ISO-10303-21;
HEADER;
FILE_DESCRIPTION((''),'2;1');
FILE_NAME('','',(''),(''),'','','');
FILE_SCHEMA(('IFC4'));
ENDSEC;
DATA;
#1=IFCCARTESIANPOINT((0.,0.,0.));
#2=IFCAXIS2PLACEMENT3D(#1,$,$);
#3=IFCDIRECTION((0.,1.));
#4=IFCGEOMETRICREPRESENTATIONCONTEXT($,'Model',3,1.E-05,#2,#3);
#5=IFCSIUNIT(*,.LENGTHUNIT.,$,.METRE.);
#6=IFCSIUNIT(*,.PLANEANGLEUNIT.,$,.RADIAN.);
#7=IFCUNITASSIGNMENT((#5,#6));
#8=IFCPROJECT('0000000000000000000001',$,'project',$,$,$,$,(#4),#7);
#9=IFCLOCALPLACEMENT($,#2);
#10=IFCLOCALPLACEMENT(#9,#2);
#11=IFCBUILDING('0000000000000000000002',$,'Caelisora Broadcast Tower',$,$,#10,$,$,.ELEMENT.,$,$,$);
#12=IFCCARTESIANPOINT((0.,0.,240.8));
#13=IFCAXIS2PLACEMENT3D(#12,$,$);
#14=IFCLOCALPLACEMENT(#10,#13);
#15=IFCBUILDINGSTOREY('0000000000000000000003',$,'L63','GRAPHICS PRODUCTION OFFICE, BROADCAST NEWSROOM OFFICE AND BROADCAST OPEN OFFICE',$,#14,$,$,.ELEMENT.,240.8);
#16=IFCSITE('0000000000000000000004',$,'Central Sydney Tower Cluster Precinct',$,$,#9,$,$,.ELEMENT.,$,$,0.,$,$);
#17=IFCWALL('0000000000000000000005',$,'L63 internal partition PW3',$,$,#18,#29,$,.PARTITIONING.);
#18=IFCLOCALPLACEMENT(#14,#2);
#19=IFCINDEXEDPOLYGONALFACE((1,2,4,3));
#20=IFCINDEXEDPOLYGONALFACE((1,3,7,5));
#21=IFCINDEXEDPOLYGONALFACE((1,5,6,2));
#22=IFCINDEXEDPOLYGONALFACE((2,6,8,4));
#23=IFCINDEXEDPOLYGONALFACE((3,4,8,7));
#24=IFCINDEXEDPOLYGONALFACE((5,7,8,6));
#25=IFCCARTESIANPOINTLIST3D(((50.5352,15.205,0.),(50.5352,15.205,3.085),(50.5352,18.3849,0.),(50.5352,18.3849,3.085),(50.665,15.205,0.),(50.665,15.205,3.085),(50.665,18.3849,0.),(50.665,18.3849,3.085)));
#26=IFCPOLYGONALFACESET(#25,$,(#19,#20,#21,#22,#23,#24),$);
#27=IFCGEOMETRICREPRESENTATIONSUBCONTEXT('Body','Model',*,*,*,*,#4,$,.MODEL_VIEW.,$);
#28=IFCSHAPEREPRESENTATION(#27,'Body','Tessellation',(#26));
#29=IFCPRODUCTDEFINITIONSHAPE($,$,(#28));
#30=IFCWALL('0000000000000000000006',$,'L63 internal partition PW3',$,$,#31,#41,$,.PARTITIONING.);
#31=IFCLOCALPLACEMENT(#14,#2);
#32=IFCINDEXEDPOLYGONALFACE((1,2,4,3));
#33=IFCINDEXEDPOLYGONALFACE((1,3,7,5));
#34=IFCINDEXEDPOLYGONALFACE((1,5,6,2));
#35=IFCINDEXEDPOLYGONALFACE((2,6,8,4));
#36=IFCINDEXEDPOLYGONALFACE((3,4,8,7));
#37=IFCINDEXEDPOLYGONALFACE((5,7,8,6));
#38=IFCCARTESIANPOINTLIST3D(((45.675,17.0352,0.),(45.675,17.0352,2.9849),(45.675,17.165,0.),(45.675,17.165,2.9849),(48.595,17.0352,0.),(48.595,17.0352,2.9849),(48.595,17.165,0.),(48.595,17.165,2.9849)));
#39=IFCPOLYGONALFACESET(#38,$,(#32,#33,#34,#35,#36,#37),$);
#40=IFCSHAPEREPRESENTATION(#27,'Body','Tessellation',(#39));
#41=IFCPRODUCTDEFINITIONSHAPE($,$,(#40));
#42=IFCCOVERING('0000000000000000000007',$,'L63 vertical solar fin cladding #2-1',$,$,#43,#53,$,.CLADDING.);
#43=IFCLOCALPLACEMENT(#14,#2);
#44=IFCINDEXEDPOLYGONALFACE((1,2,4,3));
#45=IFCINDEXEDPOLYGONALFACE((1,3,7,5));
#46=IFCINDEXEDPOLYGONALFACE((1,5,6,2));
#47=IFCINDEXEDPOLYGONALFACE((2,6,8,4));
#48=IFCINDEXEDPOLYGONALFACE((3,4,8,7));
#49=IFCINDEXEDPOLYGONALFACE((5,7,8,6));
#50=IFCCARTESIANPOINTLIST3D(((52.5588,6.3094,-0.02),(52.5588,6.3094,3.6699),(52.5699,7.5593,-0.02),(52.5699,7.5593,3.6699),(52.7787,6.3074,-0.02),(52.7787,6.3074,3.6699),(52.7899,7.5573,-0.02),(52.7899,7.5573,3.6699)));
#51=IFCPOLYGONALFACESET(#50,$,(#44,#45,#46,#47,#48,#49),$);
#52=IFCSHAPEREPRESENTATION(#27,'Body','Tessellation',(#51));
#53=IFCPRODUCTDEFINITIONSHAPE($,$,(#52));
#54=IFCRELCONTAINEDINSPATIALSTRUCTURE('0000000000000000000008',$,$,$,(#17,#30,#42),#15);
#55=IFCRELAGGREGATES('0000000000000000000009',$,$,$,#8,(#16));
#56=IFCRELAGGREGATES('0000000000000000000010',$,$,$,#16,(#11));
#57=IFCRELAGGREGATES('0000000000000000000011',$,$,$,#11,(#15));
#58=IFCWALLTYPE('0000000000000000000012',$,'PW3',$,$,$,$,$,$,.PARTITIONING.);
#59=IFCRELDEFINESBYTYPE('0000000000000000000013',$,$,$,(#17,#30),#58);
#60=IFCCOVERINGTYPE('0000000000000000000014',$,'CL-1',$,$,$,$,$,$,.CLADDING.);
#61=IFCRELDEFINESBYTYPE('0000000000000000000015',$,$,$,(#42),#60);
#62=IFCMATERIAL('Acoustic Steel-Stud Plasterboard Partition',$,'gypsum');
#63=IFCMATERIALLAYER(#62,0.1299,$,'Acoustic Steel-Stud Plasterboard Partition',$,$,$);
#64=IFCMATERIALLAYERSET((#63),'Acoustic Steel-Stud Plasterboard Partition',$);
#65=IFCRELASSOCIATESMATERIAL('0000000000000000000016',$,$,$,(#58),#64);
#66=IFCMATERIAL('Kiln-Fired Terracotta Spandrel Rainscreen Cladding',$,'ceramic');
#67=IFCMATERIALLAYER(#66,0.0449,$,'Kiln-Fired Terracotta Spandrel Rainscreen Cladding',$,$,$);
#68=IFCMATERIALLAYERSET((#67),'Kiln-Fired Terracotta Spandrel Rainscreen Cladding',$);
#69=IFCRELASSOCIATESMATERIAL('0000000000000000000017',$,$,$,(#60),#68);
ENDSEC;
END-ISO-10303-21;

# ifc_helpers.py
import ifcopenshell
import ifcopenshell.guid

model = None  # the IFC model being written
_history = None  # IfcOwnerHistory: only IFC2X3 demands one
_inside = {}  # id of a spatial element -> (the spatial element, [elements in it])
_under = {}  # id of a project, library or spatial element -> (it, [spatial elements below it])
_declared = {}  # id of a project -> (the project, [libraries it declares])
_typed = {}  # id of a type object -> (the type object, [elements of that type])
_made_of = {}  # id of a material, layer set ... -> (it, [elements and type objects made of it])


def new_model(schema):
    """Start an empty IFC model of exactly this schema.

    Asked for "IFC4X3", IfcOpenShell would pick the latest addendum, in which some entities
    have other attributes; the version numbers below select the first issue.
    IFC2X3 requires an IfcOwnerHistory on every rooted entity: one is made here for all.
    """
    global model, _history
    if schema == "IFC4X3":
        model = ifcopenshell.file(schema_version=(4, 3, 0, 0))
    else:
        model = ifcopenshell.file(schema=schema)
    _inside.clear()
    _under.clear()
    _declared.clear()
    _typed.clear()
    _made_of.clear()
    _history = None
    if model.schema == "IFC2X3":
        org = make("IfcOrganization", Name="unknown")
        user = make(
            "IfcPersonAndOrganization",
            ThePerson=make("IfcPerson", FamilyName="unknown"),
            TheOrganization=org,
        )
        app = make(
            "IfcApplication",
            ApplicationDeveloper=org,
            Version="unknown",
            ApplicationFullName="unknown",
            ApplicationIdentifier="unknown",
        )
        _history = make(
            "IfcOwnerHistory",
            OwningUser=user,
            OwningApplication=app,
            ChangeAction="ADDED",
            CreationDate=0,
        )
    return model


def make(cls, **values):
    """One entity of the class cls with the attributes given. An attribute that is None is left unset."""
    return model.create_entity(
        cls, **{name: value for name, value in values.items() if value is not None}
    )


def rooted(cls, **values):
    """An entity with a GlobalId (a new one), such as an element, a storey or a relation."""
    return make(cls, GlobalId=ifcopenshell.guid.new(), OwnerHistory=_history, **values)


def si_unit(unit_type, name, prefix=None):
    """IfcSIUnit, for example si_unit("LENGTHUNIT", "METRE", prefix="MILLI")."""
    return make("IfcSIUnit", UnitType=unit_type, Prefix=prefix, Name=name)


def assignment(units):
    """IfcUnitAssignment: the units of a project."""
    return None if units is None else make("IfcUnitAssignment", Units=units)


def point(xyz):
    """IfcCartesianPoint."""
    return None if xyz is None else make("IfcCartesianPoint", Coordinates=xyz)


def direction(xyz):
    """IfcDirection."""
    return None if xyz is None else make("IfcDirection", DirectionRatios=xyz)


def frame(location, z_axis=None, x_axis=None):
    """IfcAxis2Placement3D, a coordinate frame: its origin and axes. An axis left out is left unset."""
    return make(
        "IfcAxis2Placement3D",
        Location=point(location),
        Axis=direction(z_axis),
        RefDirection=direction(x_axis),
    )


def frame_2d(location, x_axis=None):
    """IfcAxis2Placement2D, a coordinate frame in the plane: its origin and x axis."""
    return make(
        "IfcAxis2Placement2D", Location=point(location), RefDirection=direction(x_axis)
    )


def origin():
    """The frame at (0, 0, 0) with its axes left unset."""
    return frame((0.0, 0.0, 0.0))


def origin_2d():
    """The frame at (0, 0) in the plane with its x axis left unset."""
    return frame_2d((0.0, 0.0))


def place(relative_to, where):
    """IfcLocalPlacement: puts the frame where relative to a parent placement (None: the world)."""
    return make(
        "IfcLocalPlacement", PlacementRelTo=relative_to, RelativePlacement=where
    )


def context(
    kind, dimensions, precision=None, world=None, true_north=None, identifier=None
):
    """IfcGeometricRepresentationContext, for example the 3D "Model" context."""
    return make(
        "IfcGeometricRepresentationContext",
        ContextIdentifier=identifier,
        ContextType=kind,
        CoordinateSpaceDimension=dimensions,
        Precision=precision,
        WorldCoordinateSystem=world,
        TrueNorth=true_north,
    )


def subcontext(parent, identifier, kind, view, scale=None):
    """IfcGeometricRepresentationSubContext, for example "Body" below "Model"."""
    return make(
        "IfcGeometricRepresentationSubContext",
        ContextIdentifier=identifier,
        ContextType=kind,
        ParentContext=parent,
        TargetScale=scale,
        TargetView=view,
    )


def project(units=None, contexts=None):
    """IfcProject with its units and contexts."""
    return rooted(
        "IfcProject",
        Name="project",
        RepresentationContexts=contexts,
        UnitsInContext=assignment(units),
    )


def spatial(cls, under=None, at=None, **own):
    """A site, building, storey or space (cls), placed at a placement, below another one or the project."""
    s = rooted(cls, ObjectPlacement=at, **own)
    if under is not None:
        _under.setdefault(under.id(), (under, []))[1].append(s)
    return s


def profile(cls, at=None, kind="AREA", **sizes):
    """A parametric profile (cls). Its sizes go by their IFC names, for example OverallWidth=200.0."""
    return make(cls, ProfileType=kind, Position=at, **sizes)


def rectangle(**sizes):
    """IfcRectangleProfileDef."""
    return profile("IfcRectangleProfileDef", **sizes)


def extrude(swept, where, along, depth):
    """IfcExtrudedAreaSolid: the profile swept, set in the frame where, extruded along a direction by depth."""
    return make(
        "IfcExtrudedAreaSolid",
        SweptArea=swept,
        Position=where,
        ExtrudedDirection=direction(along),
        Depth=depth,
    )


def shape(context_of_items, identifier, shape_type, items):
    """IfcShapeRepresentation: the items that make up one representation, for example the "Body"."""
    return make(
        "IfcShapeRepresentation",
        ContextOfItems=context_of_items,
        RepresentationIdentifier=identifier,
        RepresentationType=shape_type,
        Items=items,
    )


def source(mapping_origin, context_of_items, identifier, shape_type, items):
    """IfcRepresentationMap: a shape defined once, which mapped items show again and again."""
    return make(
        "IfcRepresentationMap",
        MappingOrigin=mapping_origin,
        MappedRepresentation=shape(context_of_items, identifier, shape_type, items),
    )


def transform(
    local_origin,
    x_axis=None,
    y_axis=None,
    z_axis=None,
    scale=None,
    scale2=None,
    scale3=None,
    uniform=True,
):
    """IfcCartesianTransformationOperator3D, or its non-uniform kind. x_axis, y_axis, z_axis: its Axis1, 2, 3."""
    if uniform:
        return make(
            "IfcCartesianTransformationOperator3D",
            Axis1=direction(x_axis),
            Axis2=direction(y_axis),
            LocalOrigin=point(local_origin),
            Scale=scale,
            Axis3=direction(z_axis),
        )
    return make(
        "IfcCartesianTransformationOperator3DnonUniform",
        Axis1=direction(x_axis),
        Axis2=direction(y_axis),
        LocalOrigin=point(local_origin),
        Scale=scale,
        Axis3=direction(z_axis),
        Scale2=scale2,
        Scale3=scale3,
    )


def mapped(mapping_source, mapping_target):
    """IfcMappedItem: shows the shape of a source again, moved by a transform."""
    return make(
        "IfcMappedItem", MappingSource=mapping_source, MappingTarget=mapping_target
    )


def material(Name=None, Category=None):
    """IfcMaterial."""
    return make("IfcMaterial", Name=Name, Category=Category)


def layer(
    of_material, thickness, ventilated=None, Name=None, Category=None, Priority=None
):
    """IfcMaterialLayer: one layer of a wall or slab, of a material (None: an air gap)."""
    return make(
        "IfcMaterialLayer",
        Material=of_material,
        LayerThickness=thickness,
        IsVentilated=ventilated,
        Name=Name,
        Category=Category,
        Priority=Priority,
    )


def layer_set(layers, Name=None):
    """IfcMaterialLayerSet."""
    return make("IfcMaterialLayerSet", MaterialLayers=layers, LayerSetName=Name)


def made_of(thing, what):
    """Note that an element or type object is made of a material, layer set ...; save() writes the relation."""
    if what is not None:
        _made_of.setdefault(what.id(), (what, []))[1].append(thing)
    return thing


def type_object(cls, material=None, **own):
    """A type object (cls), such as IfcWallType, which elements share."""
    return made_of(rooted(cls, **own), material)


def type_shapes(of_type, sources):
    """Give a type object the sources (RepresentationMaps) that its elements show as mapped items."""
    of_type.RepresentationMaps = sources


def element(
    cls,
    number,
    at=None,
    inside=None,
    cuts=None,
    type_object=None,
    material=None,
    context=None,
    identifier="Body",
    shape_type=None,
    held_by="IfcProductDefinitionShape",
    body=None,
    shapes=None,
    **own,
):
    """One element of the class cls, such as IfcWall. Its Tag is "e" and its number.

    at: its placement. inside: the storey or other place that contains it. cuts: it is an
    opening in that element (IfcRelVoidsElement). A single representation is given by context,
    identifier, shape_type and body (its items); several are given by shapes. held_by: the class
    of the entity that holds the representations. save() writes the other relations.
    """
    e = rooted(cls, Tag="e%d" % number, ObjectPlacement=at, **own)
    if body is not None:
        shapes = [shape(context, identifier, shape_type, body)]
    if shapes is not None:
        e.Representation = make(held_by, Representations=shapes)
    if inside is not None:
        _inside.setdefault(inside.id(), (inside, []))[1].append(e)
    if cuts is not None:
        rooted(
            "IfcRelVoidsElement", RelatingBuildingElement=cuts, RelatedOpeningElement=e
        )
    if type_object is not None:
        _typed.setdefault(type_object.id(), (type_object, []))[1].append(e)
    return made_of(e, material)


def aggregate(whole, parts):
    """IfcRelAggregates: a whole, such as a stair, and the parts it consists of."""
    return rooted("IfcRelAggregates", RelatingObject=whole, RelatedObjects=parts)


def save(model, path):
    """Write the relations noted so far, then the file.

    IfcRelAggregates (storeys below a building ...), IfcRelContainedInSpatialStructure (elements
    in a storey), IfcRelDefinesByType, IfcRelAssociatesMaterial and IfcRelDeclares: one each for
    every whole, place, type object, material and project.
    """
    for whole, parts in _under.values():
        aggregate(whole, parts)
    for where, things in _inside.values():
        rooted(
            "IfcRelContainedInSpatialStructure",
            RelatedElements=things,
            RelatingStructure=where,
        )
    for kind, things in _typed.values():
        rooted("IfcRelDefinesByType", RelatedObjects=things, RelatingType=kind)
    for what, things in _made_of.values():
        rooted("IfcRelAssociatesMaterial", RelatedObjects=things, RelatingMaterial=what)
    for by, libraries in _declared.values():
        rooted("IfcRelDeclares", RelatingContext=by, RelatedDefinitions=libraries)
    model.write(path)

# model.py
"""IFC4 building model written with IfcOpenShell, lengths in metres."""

from ifc_helpers import new_model, si_unit, direction, frame, frame_2d, origin, origin_2d, place, context, subcontext, project, spatial, rectangle, extrude, source, transform, mapped, material, layer, layer_set, type_object, type_shapes, element, save


model = new_model("IFC4")

# Units and contexts
model_context = context("Model", 3, precision=1e-05, world=origin(), true_north=direction((0.0, 1.0)))
body_context = subcontext(model_context, "Body", "Model", "MODEL_VIEW")
ifc_project = project(units=[si_unit("LENGTHUNIT", "METRE"), si_unit("PLANEANGLEUNIT", "RADIAN")], contexts=[model_context])

# Site, building, storey
site_placement = place(None, origin())
site = spatial("IfcSite", under=ifc_project, at=site_placement, Name="Central Sydney Tower Cluster Precinct", CompositionType="ELEMENT", RefElevation=0.0)
building_placement = place(site_placement, origin())
building = spatial("IfcBuilding", under=site, at=building_placement, Name="Caelisora Broadcast Tower", CompositionType="ELEMENT")
storey_placement = place(building_placement, frame((0.0, 0.0, 240.8)))
storey = spatial("IfcBuildingStorey", under=building, at=storey_placement, Name="L63", Description="GRAPHICS PRODUCTION OFFICE, BROADCAST NEWSROOM OFFICE AND BROADCAST OPEN OFFICE", CompositionType="ELEMENT", Elevation=240.8)

# Shared definitions
ifc_material_1 = material(Name="Acoustic Steel-Stud Plasterboard Partition", Category="gypsum")
ifc_layer_1 = layer(ifc_material_1, 0.1299, Name="Acoustic Steel-Stud Plasterboard Partition")
ifc_layer_set_1 = layer_set([ifc_layer_1], Name="Acoustic Steel-Stud Plasterboard Partition")
wall_type = type_object("IfcWallType", Name="PW3", PredefinedType="PARTITIONING", material=ifc_layer_set_1)

# Walls
wall_1_placement = place(storey_placement, frame((50.6001, 15.2051, 0.0), z_axis=(0.0, 0.0, 1.0), x_axis=(0.0, 1.0, 0.0)))
element("IfcWall", 1, at=wall_1_placement, inside=storey, type_object=wall_type, Name="L63 internal partition PW3", PredefinedType="PARTITIONING", context=body_context, shape_type="SweptSolid", body=[
    extrude(rectangle(XDim=3.1799, YDim=0.1299, at=frame_2d((1.5898, 0.0))), origin(), (0.0, 0.0, 1.0), 3.085),
])
wall_2_placement = place(storey_placement, frame((45.675, 17.1001, 0.0), z_axis=(0.0, 0.0, 1.0), x_axis=(1.0, 0.0, 0.0)))
element("IfcWall", 2, at=wall_2_placement, inside=storey, type_object=wall_type, Name="L63 internal partition PW3", PredefinedType="PARTITIONING", context=body_context, shape_type="SweptSolid", body=[
    extrude(rectangle(XDim=2.9199, YDim=0.1299, at=frame_2d((1.46, 0.0))), origin(), (0.0, 0.0, 1.0), 2.9849),
])

# Covering
ifc_material_2 = material(Name="Kiln-Fired Terracotta Spandrel Rainscreen Cladding", Category="ceramic")
ifc_layer_2 = layer(ifc_material_2, 0.0449, Name="Kiln-Fired Terracotta Spandrel Rainscreen Cladding")
ifc_layer_set_2 = layer_set([ifc_layer_2], Name="Kiln-Fired Terracotta Spandrel Rainscreen Cladding")
covering_type = type_object("IfcCoveringType", Name="CL-1", PredefinedType="CLADDING", material=ifc_layer_set_2)
shared_shape_1 = source(origin(), body_context, "Body", "SweptSolid", [
    extrude(rectangle(XDim=0.22, YDim=1.25, at=origin_2d()), origin(), (0.0, 0.0, 1.0), 3.6899),
])
type_shapes(covering_type, [shared_shape_1])
covering_placement = place(storey_placement, frame((52.6743, 6.9333, -0.02), z_axis=(0.0, 0.0, 1.0), x_axis=(-0.99996, 0.008901, 0.0)))
element("IfcCovering", 3, at=covering_placement, inside=storey, type_object=covering_type, Name="L63 vertical solar fin cladding #2-1", PredefinedType="CLADDING", context=body_context, shape_type="MappedRepresentation", body=[
    mapped(shared_shape_1, transform((0.0, 0.0, 0.0), scale=1.0)),
])

save(model, "model.ifc")
